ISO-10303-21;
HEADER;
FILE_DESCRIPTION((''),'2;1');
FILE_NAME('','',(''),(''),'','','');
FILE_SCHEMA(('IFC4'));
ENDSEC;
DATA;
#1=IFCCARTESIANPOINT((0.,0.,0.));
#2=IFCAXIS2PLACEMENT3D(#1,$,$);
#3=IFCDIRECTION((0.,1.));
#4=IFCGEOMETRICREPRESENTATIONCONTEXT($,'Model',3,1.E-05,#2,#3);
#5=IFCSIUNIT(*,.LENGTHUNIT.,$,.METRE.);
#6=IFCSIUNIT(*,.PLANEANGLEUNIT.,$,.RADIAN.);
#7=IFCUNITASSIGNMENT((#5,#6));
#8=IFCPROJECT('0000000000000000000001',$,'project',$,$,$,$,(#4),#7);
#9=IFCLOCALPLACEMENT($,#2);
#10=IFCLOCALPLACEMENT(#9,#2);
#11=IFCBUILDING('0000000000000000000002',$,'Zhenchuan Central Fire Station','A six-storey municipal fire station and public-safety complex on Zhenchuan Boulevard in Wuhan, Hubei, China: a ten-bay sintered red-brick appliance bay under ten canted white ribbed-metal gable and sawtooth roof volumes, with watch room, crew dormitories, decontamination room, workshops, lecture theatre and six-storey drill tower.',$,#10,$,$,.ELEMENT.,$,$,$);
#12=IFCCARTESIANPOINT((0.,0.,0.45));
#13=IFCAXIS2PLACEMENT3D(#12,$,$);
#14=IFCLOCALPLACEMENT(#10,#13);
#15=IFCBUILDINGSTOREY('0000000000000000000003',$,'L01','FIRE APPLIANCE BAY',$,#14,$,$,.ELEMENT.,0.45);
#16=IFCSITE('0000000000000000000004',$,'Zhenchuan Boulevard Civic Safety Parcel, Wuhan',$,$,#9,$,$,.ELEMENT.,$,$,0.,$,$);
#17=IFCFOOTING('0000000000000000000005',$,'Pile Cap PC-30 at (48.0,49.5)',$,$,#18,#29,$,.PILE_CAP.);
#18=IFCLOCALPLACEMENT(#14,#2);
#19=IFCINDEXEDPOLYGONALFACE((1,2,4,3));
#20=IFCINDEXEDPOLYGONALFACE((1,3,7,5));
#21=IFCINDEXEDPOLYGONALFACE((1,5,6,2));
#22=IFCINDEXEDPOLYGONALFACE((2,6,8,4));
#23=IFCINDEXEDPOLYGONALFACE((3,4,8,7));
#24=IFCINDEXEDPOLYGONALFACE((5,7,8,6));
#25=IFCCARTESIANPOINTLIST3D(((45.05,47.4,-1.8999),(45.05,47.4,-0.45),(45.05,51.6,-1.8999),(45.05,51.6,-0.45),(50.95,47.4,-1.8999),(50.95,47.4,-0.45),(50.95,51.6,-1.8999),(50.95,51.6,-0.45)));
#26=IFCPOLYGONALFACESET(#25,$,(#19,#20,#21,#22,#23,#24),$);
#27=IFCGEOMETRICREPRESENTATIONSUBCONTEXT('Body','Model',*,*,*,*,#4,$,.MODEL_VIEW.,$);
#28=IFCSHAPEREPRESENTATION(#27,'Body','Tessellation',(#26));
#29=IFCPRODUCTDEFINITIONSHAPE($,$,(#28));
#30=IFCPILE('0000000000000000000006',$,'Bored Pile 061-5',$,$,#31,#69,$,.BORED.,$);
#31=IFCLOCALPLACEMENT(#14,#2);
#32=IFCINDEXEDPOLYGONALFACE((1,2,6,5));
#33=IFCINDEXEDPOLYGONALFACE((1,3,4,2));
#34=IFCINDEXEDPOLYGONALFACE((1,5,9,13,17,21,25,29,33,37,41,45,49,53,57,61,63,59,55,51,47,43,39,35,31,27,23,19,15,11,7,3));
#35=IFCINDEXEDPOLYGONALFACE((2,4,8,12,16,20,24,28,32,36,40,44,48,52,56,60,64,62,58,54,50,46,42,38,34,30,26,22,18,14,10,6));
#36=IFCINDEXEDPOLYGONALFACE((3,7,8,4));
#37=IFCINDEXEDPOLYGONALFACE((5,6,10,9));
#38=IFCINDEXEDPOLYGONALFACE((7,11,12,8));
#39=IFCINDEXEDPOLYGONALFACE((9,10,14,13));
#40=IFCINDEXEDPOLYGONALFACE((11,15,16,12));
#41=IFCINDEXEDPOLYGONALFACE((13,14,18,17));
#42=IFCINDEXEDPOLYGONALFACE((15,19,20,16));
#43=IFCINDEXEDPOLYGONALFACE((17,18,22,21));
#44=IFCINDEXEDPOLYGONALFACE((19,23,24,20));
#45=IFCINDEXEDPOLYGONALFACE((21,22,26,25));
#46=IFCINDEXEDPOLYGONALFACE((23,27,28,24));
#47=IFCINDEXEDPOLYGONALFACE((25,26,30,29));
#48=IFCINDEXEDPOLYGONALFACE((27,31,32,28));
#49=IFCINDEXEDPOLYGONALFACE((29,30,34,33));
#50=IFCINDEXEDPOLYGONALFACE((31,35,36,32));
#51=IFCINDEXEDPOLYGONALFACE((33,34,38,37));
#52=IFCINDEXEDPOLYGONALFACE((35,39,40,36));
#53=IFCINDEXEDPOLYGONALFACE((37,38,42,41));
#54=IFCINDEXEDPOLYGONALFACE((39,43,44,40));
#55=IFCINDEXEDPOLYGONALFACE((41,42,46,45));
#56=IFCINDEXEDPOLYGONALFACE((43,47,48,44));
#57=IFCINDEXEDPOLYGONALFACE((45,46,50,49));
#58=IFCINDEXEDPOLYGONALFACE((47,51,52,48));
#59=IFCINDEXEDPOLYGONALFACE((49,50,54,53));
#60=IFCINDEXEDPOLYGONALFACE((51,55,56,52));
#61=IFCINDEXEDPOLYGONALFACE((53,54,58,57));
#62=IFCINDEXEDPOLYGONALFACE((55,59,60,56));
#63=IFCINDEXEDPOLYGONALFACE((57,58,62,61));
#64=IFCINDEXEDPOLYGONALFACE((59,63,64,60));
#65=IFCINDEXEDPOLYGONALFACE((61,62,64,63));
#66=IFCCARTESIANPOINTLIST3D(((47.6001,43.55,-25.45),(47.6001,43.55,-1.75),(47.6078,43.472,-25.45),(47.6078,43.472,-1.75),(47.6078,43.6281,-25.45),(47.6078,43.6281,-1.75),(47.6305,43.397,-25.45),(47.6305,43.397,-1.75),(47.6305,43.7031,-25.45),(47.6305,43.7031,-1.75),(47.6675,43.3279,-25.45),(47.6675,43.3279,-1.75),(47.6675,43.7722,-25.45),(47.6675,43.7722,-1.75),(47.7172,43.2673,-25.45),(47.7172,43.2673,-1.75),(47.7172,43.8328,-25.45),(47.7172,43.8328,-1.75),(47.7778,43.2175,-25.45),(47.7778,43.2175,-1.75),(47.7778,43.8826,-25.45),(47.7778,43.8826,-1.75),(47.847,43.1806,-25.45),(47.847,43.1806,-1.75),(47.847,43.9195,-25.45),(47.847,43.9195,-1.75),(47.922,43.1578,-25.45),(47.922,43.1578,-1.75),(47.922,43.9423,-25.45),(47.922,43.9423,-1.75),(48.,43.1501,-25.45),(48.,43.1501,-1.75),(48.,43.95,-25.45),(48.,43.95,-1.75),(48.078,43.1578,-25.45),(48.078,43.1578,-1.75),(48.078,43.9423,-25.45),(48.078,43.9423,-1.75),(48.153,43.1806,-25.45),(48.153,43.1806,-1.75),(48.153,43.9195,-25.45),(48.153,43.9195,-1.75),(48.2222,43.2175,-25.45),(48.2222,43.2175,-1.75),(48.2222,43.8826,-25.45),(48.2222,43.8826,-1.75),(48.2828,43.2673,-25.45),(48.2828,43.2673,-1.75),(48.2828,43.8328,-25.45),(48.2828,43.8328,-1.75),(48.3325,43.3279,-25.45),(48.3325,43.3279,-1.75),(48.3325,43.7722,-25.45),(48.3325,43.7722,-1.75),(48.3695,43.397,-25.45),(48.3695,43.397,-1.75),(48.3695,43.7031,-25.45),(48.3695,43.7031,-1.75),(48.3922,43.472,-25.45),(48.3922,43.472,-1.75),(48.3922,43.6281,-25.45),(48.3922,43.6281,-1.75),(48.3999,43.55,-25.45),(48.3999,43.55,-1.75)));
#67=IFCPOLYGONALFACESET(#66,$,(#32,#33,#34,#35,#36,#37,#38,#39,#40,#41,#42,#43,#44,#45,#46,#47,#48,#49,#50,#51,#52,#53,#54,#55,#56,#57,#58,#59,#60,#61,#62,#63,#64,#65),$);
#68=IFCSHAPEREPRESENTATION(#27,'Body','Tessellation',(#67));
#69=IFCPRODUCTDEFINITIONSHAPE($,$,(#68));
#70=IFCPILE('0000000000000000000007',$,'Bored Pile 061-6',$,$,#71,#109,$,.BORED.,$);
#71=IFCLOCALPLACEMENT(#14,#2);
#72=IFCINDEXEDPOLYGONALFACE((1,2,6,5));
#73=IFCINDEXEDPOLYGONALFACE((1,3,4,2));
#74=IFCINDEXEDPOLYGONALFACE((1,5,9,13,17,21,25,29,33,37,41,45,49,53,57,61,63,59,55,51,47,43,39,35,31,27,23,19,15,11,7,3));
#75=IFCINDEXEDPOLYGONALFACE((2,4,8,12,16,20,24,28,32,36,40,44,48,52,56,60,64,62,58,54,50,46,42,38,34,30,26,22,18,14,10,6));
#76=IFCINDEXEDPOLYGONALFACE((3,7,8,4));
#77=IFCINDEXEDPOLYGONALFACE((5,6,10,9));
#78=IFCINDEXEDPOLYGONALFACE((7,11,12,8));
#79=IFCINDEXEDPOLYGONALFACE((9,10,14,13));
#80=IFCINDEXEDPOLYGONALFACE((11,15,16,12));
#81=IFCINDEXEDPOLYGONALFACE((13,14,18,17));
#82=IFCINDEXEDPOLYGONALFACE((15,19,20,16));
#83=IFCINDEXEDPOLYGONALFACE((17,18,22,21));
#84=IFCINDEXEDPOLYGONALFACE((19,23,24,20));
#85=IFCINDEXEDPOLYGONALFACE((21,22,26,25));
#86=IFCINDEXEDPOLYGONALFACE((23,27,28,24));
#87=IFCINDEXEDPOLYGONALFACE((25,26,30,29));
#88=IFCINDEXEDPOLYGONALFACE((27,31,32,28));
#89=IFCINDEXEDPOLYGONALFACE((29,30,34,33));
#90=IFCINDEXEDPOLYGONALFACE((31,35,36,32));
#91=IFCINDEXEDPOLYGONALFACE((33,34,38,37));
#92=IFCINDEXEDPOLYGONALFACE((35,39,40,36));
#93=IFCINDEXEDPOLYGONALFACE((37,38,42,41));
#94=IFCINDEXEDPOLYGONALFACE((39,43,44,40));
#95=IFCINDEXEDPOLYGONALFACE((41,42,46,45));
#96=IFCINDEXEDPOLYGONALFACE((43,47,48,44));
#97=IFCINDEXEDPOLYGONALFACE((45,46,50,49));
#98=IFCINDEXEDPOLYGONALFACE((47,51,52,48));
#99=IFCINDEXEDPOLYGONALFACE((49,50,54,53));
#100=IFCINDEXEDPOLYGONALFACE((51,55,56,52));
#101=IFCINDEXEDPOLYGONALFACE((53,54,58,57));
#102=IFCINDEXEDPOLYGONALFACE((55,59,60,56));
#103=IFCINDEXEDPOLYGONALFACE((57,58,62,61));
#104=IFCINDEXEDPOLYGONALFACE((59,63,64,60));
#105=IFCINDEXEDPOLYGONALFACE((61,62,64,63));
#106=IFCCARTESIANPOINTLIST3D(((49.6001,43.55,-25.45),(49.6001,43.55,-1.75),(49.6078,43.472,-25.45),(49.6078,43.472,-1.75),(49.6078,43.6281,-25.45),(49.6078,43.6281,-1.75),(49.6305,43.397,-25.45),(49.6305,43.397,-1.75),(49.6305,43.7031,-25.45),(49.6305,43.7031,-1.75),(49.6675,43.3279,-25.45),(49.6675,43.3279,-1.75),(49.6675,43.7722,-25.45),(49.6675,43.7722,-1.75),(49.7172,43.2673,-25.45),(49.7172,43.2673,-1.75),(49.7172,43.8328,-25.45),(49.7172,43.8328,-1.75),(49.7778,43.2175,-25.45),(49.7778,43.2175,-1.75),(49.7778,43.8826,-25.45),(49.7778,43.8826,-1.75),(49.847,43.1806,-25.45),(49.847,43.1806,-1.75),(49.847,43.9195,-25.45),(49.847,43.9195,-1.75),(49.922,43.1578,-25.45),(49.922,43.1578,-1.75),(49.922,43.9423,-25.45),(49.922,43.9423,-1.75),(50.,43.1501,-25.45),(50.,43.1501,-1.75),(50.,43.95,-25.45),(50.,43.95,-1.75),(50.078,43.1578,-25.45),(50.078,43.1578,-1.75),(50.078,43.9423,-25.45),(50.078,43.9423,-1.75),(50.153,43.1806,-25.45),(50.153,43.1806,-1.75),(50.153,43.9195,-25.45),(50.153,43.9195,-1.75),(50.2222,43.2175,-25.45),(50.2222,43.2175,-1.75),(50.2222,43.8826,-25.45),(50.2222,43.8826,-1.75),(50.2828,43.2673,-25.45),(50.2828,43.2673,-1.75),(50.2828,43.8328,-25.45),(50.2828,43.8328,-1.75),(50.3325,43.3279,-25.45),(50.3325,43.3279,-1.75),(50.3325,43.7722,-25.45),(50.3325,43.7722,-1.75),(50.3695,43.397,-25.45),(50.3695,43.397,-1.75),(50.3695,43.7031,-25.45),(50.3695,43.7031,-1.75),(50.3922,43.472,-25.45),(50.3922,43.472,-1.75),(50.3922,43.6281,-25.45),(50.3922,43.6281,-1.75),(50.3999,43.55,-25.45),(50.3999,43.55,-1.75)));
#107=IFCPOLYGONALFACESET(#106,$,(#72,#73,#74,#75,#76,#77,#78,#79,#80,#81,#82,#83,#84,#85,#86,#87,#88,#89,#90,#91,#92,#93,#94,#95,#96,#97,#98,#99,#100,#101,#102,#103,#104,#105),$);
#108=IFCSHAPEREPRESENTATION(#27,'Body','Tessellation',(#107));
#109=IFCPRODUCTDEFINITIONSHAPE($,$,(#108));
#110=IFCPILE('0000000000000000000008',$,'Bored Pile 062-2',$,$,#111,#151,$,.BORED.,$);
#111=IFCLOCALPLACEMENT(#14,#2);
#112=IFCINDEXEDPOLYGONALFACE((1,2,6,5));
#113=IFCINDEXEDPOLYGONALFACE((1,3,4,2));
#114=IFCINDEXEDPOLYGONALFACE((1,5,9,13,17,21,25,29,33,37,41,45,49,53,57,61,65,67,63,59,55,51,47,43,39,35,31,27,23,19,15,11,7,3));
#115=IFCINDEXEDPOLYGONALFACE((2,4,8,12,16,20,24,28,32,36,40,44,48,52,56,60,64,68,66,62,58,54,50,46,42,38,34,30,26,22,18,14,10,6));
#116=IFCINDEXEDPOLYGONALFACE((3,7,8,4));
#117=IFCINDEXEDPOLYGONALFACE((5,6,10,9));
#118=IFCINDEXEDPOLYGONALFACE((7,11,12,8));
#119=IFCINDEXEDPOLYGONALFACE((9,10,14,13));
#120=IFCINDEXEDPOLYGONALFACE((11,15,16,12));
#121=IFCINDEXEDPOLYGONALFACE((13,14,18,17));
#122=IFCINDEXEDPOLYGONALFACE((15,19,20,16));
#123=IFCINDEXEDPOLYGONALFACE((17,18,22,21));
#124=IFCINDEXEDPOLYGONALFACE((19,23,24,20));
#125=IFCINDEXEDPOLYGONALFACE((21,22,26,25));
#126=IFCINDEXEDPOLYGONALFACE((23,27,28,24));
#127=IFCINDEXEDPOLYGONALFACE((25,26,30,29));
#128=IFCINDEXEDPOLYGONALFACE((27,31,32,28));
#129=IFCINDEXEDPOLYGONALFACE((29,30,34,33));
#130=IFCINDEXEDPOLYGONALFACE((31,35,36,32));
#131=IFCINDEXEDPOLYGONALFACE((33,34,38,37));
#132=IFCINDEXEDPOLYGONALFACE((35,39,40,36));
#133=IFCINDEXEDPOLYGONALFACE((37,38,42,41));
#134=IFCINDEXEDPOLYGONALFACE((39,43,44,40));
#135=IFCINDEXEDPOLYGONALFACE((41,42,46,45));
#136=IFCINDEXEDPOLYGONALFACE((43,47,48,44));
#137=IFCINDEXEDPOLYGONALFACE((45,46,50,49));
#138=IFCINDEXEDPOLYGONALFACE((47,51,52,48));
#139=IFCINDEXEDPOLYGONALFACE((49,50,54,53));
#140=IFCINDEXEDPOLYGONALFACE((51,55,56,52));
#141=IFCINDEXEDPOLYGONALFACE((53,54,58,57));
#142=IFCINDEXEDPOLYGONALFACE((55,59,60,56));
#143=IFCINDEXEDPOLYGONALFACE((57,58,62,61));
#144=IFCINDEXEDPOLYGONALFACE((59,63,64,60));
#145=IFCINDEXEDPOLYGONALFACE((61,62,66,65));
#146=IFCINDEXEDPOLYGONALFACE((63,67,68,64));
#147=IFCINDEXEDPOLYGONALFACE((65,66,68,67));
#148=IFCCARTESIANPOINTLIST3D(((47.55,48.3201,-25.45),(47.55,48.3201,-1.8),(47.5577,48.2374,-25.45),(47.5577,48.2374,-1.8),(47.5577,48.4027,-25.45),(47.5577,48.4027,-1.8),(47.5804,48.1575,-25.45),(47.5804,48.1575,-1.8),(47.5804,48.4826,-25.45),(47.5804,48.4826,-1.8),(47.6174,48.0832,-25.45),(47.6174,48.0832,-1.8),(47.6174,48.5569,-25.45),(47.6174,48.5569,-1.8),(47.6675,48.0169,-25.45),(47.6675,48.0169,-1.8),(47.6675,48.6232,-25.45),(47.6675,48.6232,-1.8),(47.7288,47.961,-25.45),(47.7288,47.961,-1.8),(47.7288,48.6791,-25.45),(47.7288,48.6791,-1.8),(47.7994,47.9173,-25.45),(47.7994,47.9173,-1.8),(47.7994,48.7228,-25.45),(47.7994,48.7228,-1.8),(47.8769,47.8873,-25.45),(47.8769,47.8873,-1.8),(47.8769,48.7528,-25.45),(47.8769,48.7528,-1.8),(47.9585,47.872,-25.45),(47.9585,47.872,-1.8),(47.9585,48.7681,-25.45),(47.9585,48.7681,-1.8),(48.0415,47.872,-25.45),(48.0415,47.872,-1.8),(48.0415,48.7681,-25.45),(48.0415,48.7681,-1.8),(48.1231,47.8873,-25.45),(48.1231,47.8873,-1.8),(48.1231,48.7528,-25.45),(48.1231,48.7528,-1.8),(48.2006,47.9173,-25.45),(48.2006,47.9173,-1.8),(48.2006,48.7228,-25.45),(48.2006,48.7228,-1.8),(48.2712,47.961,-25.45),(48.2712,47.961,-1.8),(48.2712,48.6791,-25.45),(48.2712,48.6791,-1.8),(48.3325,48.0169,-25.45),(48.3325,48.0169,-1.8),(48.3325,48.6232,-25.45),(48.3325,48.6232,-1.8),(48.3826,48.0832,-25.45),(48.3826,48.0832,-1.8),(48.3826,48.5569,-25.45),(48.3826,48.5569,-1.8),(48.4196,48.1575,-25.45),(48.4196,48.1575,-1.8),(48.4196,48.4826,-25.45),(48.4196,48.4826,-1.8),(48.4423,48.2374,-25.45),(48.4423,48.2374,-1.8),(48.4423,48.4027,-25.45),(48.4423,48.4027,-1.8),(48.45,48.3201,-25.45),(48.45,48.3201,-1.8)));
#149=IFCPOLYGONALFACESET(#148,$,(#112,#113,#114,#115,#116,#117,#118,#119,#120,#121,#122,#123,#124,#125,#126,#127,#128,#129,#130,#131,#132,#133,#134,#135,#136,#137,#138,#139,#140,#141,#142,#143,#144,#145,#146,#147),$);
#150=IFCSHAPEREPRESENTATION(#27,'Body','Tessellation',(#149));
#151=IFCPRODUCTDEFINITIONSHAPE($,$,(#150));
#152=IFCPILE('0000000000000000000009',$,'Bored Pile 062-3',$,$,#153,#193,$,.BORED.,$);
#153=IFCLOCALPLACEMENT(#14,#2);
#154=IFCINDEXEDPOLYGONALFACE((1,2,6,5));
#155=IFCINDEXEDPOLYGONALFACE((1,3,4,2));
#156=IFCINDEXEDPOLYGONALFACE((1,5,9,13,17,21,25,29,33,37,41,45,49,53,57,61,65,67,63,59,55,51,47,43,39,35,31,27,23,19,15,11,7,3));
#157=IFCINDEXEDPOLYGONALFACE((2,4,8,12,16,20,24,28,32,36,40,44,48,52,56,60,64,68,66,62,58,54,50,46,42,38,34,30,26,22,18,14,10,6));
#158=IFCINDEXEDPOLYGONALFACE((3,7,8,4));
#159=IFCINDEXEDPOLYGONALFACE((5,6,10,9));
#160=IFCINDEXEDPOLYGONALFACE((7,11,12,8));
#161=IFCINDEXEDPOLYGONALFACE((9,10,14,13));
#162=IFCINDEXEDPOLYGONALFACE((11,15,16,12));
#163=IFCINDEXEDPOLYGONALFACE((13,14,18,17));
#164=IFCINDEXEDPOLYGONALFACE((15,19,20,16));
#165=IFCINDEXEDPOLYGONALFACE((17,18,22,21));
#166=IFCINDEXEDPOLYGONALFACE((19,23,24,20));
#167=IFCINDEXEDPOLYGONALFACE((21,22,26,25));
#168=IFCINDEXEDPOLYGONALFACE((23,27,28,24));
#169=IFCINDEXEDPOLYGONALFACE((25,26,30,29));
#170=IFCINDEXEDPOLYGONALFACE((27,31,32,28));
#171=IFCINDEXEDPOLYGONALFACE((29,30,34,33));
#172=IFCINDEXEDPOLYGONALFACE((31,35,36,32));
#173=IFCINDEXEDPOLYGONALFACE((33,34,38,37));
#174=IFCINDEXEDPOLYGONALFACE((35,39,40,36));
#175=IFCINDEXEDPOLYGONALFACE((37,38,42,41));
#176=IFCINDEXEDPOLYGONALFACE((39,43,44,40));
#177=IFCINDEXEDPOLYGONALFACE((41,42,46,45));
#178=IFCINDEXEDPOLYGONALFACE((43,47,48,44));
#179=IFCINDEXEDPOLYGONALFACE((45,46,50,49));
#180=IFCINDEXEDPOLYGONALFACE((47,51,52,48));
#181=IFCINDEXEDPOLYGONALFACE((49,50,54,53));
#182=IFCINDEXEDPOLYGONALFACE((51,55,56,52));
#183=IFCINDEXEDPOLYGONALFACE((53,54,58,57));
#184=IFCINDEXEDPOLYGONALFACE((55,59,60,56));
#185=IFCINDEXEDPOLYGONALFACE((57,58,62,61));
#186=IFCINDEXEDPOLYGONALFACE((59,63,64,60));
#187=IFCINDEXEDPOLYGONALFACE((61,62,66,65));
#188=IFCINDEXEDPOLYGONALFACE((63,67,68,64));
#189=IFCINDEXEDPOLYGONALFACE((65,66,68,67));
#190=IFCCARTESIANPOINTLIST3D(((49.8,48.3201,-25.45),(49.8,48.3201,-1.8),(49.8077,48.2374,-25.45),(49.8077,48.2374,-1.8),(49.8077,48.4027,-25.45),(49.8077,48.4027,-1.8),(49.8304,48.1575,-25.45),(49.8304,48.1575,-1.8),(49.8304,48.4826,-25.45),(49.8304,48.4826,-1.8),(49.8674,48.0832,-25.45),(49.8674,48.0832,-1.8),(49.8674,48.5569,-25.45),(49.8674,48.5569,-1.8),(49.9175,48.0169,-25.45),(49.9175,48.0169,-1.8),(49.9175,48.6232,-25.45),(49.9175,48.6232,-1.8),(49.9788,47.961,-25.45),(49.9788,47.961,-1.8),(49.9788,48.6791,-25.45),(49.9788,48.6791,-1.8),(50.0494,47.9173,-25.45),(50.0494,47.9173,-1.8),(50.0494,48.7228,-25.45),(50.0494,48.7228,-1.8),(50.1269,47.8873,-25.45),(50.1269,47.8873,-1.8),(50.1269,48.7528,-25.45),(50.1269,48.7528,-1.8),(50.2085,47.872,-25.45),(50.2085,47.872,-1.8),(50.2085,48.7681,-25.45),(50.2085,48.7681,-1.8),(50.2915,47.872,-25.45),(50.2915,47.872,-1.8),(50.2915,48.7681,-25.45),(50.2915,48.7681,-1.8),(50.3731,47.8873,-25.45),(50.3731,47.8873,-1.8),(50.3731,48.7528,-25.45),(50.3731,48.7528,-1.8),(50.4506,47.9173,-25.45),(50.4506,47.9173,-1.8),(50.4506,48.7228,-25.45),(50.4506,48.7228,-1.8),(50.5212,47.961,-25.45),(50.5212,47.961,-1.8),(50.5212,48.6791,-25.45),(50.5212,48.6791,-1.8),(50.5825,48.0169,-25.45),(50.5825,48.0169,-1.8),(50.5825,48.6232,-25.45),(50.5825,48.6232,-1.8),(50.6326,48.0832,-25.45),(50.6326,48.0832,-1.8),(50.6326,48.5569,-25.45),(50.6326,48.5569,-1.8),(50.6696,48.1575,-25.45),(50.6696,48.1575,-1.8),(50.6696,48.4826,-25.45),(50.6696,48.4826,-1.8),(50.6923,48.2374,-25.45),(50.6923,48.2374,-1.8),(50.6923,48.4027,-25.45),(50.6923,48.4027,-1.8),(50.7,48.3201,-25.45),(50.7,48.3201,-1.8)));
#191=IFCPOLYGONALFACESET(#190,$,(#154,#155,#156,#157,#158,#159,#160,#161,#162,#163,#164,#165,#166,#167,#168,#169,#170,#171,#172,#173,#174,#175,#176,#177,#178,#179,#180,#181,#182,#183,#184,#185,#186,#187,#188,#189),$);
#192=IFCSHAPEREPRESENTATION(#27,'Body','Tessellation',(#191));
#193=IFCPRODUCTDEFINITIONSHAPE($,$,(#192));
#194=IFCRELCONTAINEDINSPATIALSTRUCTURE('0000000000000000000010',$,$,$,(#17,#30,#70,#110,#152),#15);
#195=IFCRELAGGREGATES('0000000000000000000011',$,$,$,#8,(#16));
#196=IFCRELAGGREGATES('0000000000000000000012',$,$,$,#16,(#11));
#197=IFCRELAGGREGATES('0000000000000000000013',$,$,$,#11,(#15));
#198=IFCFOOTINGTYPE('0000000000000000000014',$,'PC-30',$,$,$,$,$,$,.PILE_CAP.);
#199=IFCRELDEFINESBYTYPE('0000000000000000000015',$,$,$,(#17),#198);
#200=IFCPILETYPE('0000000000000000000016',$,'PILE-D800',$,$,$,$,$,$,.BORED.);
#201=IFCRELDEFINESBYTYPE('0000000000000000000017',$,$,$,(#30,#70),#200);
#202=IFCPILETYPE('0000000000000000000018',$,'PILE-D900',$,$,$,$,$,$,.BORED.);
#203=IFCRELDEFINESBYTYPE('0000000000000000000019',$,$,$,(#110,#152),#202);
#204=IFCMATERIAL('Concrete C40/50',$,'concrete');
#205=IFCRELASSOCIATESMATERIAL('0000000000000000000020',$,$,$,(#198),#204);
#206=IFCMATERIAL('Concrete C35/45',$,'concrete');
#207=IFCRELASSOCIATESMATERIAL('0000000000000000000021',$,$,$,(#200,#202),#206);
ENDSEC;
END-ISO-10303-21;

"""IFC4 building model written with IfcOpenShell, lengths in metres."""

from ifc_helpers import new_model, si_unit, direction, frame, origin, origin_2d, place, context, subcontext, project, spatial, rectangle, circle, extrude, material, material_profile, profile_set, type_object, element, save


model = new_model("IFC4")

# Units and contexts
model_context = context("Model", 3, precision=1e-05, world=origin(), true_north=direction((0.0, 1.0)))
body_context = subcontext(model_context, "Body", "Model", "MODEL_VIEW")
ifc_project = project(units=[si_unit("LENGTHUNIT", "METRE"), si_unit("PLANEANGLEUNIT", "RADIAN")], contexts=[model_context])

# Site, building, storey
site_placement = place(None, origin())
site = spatial("IfcSite", under=ifc_project, at=site_placement, Name="Zhenchuan Boulevard Civic Safety Parcel, Wuhan", CompositionType="ELEMENT", RefElevation=0.0)
building_placement = place(site_placement, origin())
building = spatial("IfcBuilding", under=site, at=building_placement, Name="Zhenchuan Central Fire Station", Description="A six-storey municipal fire station and public-safety complex on Zhenchuan Boulevard in Wuhan, Hubei, China: a ten-bay sintered red-brick appliance bay under ten canted white ribbed-metal gable and sawtooth roof volumes, with watch room, crew dormitories, decontamination room, workshops, lecture theatre and six-storey drill tower.", CompositionType="ELEMENT")
storey_placement = place(building_placement, frame((0.0, 0.0, 0.45)))
storey = spatial("IfcBuildingStorey", under=building, at=storey_placement, Name="L01", Description="FIRE APPLIANCE BAY", CompositionType="ELEMENT", Elevation=0.45)

# Footing
ifc_material_1 = material(Name="Concrete C40/50", Category="concrete")
footing_type = type_object("IfcFootingType", Name="PC-30", PredefinedType="PILE_CAP", material=ifc_material_1)
footing_placement = place(storey_placement, frame((48.0, 49.5, -1.8999), z_axis=(0.0, 0.0, 1.0), x_axis=(1.0, 0.0, 0.0)))
element("IfcFooting", 1, at=footing_placement, inside=storey, type_object=footing_type, Name="Pile Cap PC-30 at (48.0,49.5)", PredefinedType="PILE_CAP", context=body_context, shape_type="SweptSolid", body=[
    extrude(rectangle(XDim=5.8999, YDim=4.2, at=origin_2d()), origin(), (0.0, 0.0, 1.0), 1.45),
])

# Piles
ifc_material_2 = material(Name="Concrete C35/45", Category="concrete")
ifc_material_profile_1 = material_profile(ifc_material_2, circle(Radius=0.3999, at=origin_2d()), Name="PILE D800")
ifc_profile_set_1 = profile_set([ifc_material_profile_1], Name="Concrete C35/45")
pile_type_1 = type_object("IfcPileType", Name="PILE-D800", PredefinedType="BORED", material=ifc_profile_set_1)
for number, where, z_axis, x_axis, name in (
    (2, (48.0, 43.55, -1.75), (0.0, 0.0, -1.0), (1.0, 0.0, 0.0), "Bored Pile 061-5"),
    (3, (50.0, 43.55, -1.75), (0.0, 0.0, -1.0), (1.0, 0.0, 0.0), "Bored Pile 061-6"),
):
    element("IfcPile", number, at=place(storey_placement, frame(where, z_axis=z_axis, x_axis=x_axis)), inside=storey, type_object=pile_type_1, Name=name, PredefinedType="BORED", context=body_context, shape_type="SweptSolid", body=[
        extrude(circle(Radius=0.3999, at=origin_2d()), origin(), (0.0, 0.0, 1.0), 23.7),
    ])
ifc_material_profile_2 = material_profile(ifc_material_2, circle(Radius=0.45, at=origin_2d()), Name="PILE D900")
ifc_profile_set_2 = profile_set([ifc_material_profile_2], Name="Concrete C35/45")
pile_type_2 = type_object("IfcPileType", Name="PILE-D900", PredefinedType="BORED", material=ifc_profile_set_2)
for number, where, z_axis, x_axis, name in (
    (4, (48.0, 48.3201, -1.8), (0.0, 0.0, -1.0), (1.0, 0.0, 0.0), "Bored Pile 062-2"),
    (5, (50.25, 48.3201, -1.8), (0.0, 0.0, -1.0), (1.0, 0.0, 0.0), "Bored Pile 062-3"),
):
    element("IfcPile", number, at=place(storey_placement, frame(where, z_axis=z_axis, x_axis=x_axis)), inside=storey, type_object=pile_type_2, Name=name, PredefinedType="BORED", context=body_context, shape_type="SweptSolid", body=[
        extrude(circle(Radius=0.45, at=origin_2d()), origin(), (0.0, 0.0, 1.0), 23.6499),
    ])

save(model, "model.ifc")
